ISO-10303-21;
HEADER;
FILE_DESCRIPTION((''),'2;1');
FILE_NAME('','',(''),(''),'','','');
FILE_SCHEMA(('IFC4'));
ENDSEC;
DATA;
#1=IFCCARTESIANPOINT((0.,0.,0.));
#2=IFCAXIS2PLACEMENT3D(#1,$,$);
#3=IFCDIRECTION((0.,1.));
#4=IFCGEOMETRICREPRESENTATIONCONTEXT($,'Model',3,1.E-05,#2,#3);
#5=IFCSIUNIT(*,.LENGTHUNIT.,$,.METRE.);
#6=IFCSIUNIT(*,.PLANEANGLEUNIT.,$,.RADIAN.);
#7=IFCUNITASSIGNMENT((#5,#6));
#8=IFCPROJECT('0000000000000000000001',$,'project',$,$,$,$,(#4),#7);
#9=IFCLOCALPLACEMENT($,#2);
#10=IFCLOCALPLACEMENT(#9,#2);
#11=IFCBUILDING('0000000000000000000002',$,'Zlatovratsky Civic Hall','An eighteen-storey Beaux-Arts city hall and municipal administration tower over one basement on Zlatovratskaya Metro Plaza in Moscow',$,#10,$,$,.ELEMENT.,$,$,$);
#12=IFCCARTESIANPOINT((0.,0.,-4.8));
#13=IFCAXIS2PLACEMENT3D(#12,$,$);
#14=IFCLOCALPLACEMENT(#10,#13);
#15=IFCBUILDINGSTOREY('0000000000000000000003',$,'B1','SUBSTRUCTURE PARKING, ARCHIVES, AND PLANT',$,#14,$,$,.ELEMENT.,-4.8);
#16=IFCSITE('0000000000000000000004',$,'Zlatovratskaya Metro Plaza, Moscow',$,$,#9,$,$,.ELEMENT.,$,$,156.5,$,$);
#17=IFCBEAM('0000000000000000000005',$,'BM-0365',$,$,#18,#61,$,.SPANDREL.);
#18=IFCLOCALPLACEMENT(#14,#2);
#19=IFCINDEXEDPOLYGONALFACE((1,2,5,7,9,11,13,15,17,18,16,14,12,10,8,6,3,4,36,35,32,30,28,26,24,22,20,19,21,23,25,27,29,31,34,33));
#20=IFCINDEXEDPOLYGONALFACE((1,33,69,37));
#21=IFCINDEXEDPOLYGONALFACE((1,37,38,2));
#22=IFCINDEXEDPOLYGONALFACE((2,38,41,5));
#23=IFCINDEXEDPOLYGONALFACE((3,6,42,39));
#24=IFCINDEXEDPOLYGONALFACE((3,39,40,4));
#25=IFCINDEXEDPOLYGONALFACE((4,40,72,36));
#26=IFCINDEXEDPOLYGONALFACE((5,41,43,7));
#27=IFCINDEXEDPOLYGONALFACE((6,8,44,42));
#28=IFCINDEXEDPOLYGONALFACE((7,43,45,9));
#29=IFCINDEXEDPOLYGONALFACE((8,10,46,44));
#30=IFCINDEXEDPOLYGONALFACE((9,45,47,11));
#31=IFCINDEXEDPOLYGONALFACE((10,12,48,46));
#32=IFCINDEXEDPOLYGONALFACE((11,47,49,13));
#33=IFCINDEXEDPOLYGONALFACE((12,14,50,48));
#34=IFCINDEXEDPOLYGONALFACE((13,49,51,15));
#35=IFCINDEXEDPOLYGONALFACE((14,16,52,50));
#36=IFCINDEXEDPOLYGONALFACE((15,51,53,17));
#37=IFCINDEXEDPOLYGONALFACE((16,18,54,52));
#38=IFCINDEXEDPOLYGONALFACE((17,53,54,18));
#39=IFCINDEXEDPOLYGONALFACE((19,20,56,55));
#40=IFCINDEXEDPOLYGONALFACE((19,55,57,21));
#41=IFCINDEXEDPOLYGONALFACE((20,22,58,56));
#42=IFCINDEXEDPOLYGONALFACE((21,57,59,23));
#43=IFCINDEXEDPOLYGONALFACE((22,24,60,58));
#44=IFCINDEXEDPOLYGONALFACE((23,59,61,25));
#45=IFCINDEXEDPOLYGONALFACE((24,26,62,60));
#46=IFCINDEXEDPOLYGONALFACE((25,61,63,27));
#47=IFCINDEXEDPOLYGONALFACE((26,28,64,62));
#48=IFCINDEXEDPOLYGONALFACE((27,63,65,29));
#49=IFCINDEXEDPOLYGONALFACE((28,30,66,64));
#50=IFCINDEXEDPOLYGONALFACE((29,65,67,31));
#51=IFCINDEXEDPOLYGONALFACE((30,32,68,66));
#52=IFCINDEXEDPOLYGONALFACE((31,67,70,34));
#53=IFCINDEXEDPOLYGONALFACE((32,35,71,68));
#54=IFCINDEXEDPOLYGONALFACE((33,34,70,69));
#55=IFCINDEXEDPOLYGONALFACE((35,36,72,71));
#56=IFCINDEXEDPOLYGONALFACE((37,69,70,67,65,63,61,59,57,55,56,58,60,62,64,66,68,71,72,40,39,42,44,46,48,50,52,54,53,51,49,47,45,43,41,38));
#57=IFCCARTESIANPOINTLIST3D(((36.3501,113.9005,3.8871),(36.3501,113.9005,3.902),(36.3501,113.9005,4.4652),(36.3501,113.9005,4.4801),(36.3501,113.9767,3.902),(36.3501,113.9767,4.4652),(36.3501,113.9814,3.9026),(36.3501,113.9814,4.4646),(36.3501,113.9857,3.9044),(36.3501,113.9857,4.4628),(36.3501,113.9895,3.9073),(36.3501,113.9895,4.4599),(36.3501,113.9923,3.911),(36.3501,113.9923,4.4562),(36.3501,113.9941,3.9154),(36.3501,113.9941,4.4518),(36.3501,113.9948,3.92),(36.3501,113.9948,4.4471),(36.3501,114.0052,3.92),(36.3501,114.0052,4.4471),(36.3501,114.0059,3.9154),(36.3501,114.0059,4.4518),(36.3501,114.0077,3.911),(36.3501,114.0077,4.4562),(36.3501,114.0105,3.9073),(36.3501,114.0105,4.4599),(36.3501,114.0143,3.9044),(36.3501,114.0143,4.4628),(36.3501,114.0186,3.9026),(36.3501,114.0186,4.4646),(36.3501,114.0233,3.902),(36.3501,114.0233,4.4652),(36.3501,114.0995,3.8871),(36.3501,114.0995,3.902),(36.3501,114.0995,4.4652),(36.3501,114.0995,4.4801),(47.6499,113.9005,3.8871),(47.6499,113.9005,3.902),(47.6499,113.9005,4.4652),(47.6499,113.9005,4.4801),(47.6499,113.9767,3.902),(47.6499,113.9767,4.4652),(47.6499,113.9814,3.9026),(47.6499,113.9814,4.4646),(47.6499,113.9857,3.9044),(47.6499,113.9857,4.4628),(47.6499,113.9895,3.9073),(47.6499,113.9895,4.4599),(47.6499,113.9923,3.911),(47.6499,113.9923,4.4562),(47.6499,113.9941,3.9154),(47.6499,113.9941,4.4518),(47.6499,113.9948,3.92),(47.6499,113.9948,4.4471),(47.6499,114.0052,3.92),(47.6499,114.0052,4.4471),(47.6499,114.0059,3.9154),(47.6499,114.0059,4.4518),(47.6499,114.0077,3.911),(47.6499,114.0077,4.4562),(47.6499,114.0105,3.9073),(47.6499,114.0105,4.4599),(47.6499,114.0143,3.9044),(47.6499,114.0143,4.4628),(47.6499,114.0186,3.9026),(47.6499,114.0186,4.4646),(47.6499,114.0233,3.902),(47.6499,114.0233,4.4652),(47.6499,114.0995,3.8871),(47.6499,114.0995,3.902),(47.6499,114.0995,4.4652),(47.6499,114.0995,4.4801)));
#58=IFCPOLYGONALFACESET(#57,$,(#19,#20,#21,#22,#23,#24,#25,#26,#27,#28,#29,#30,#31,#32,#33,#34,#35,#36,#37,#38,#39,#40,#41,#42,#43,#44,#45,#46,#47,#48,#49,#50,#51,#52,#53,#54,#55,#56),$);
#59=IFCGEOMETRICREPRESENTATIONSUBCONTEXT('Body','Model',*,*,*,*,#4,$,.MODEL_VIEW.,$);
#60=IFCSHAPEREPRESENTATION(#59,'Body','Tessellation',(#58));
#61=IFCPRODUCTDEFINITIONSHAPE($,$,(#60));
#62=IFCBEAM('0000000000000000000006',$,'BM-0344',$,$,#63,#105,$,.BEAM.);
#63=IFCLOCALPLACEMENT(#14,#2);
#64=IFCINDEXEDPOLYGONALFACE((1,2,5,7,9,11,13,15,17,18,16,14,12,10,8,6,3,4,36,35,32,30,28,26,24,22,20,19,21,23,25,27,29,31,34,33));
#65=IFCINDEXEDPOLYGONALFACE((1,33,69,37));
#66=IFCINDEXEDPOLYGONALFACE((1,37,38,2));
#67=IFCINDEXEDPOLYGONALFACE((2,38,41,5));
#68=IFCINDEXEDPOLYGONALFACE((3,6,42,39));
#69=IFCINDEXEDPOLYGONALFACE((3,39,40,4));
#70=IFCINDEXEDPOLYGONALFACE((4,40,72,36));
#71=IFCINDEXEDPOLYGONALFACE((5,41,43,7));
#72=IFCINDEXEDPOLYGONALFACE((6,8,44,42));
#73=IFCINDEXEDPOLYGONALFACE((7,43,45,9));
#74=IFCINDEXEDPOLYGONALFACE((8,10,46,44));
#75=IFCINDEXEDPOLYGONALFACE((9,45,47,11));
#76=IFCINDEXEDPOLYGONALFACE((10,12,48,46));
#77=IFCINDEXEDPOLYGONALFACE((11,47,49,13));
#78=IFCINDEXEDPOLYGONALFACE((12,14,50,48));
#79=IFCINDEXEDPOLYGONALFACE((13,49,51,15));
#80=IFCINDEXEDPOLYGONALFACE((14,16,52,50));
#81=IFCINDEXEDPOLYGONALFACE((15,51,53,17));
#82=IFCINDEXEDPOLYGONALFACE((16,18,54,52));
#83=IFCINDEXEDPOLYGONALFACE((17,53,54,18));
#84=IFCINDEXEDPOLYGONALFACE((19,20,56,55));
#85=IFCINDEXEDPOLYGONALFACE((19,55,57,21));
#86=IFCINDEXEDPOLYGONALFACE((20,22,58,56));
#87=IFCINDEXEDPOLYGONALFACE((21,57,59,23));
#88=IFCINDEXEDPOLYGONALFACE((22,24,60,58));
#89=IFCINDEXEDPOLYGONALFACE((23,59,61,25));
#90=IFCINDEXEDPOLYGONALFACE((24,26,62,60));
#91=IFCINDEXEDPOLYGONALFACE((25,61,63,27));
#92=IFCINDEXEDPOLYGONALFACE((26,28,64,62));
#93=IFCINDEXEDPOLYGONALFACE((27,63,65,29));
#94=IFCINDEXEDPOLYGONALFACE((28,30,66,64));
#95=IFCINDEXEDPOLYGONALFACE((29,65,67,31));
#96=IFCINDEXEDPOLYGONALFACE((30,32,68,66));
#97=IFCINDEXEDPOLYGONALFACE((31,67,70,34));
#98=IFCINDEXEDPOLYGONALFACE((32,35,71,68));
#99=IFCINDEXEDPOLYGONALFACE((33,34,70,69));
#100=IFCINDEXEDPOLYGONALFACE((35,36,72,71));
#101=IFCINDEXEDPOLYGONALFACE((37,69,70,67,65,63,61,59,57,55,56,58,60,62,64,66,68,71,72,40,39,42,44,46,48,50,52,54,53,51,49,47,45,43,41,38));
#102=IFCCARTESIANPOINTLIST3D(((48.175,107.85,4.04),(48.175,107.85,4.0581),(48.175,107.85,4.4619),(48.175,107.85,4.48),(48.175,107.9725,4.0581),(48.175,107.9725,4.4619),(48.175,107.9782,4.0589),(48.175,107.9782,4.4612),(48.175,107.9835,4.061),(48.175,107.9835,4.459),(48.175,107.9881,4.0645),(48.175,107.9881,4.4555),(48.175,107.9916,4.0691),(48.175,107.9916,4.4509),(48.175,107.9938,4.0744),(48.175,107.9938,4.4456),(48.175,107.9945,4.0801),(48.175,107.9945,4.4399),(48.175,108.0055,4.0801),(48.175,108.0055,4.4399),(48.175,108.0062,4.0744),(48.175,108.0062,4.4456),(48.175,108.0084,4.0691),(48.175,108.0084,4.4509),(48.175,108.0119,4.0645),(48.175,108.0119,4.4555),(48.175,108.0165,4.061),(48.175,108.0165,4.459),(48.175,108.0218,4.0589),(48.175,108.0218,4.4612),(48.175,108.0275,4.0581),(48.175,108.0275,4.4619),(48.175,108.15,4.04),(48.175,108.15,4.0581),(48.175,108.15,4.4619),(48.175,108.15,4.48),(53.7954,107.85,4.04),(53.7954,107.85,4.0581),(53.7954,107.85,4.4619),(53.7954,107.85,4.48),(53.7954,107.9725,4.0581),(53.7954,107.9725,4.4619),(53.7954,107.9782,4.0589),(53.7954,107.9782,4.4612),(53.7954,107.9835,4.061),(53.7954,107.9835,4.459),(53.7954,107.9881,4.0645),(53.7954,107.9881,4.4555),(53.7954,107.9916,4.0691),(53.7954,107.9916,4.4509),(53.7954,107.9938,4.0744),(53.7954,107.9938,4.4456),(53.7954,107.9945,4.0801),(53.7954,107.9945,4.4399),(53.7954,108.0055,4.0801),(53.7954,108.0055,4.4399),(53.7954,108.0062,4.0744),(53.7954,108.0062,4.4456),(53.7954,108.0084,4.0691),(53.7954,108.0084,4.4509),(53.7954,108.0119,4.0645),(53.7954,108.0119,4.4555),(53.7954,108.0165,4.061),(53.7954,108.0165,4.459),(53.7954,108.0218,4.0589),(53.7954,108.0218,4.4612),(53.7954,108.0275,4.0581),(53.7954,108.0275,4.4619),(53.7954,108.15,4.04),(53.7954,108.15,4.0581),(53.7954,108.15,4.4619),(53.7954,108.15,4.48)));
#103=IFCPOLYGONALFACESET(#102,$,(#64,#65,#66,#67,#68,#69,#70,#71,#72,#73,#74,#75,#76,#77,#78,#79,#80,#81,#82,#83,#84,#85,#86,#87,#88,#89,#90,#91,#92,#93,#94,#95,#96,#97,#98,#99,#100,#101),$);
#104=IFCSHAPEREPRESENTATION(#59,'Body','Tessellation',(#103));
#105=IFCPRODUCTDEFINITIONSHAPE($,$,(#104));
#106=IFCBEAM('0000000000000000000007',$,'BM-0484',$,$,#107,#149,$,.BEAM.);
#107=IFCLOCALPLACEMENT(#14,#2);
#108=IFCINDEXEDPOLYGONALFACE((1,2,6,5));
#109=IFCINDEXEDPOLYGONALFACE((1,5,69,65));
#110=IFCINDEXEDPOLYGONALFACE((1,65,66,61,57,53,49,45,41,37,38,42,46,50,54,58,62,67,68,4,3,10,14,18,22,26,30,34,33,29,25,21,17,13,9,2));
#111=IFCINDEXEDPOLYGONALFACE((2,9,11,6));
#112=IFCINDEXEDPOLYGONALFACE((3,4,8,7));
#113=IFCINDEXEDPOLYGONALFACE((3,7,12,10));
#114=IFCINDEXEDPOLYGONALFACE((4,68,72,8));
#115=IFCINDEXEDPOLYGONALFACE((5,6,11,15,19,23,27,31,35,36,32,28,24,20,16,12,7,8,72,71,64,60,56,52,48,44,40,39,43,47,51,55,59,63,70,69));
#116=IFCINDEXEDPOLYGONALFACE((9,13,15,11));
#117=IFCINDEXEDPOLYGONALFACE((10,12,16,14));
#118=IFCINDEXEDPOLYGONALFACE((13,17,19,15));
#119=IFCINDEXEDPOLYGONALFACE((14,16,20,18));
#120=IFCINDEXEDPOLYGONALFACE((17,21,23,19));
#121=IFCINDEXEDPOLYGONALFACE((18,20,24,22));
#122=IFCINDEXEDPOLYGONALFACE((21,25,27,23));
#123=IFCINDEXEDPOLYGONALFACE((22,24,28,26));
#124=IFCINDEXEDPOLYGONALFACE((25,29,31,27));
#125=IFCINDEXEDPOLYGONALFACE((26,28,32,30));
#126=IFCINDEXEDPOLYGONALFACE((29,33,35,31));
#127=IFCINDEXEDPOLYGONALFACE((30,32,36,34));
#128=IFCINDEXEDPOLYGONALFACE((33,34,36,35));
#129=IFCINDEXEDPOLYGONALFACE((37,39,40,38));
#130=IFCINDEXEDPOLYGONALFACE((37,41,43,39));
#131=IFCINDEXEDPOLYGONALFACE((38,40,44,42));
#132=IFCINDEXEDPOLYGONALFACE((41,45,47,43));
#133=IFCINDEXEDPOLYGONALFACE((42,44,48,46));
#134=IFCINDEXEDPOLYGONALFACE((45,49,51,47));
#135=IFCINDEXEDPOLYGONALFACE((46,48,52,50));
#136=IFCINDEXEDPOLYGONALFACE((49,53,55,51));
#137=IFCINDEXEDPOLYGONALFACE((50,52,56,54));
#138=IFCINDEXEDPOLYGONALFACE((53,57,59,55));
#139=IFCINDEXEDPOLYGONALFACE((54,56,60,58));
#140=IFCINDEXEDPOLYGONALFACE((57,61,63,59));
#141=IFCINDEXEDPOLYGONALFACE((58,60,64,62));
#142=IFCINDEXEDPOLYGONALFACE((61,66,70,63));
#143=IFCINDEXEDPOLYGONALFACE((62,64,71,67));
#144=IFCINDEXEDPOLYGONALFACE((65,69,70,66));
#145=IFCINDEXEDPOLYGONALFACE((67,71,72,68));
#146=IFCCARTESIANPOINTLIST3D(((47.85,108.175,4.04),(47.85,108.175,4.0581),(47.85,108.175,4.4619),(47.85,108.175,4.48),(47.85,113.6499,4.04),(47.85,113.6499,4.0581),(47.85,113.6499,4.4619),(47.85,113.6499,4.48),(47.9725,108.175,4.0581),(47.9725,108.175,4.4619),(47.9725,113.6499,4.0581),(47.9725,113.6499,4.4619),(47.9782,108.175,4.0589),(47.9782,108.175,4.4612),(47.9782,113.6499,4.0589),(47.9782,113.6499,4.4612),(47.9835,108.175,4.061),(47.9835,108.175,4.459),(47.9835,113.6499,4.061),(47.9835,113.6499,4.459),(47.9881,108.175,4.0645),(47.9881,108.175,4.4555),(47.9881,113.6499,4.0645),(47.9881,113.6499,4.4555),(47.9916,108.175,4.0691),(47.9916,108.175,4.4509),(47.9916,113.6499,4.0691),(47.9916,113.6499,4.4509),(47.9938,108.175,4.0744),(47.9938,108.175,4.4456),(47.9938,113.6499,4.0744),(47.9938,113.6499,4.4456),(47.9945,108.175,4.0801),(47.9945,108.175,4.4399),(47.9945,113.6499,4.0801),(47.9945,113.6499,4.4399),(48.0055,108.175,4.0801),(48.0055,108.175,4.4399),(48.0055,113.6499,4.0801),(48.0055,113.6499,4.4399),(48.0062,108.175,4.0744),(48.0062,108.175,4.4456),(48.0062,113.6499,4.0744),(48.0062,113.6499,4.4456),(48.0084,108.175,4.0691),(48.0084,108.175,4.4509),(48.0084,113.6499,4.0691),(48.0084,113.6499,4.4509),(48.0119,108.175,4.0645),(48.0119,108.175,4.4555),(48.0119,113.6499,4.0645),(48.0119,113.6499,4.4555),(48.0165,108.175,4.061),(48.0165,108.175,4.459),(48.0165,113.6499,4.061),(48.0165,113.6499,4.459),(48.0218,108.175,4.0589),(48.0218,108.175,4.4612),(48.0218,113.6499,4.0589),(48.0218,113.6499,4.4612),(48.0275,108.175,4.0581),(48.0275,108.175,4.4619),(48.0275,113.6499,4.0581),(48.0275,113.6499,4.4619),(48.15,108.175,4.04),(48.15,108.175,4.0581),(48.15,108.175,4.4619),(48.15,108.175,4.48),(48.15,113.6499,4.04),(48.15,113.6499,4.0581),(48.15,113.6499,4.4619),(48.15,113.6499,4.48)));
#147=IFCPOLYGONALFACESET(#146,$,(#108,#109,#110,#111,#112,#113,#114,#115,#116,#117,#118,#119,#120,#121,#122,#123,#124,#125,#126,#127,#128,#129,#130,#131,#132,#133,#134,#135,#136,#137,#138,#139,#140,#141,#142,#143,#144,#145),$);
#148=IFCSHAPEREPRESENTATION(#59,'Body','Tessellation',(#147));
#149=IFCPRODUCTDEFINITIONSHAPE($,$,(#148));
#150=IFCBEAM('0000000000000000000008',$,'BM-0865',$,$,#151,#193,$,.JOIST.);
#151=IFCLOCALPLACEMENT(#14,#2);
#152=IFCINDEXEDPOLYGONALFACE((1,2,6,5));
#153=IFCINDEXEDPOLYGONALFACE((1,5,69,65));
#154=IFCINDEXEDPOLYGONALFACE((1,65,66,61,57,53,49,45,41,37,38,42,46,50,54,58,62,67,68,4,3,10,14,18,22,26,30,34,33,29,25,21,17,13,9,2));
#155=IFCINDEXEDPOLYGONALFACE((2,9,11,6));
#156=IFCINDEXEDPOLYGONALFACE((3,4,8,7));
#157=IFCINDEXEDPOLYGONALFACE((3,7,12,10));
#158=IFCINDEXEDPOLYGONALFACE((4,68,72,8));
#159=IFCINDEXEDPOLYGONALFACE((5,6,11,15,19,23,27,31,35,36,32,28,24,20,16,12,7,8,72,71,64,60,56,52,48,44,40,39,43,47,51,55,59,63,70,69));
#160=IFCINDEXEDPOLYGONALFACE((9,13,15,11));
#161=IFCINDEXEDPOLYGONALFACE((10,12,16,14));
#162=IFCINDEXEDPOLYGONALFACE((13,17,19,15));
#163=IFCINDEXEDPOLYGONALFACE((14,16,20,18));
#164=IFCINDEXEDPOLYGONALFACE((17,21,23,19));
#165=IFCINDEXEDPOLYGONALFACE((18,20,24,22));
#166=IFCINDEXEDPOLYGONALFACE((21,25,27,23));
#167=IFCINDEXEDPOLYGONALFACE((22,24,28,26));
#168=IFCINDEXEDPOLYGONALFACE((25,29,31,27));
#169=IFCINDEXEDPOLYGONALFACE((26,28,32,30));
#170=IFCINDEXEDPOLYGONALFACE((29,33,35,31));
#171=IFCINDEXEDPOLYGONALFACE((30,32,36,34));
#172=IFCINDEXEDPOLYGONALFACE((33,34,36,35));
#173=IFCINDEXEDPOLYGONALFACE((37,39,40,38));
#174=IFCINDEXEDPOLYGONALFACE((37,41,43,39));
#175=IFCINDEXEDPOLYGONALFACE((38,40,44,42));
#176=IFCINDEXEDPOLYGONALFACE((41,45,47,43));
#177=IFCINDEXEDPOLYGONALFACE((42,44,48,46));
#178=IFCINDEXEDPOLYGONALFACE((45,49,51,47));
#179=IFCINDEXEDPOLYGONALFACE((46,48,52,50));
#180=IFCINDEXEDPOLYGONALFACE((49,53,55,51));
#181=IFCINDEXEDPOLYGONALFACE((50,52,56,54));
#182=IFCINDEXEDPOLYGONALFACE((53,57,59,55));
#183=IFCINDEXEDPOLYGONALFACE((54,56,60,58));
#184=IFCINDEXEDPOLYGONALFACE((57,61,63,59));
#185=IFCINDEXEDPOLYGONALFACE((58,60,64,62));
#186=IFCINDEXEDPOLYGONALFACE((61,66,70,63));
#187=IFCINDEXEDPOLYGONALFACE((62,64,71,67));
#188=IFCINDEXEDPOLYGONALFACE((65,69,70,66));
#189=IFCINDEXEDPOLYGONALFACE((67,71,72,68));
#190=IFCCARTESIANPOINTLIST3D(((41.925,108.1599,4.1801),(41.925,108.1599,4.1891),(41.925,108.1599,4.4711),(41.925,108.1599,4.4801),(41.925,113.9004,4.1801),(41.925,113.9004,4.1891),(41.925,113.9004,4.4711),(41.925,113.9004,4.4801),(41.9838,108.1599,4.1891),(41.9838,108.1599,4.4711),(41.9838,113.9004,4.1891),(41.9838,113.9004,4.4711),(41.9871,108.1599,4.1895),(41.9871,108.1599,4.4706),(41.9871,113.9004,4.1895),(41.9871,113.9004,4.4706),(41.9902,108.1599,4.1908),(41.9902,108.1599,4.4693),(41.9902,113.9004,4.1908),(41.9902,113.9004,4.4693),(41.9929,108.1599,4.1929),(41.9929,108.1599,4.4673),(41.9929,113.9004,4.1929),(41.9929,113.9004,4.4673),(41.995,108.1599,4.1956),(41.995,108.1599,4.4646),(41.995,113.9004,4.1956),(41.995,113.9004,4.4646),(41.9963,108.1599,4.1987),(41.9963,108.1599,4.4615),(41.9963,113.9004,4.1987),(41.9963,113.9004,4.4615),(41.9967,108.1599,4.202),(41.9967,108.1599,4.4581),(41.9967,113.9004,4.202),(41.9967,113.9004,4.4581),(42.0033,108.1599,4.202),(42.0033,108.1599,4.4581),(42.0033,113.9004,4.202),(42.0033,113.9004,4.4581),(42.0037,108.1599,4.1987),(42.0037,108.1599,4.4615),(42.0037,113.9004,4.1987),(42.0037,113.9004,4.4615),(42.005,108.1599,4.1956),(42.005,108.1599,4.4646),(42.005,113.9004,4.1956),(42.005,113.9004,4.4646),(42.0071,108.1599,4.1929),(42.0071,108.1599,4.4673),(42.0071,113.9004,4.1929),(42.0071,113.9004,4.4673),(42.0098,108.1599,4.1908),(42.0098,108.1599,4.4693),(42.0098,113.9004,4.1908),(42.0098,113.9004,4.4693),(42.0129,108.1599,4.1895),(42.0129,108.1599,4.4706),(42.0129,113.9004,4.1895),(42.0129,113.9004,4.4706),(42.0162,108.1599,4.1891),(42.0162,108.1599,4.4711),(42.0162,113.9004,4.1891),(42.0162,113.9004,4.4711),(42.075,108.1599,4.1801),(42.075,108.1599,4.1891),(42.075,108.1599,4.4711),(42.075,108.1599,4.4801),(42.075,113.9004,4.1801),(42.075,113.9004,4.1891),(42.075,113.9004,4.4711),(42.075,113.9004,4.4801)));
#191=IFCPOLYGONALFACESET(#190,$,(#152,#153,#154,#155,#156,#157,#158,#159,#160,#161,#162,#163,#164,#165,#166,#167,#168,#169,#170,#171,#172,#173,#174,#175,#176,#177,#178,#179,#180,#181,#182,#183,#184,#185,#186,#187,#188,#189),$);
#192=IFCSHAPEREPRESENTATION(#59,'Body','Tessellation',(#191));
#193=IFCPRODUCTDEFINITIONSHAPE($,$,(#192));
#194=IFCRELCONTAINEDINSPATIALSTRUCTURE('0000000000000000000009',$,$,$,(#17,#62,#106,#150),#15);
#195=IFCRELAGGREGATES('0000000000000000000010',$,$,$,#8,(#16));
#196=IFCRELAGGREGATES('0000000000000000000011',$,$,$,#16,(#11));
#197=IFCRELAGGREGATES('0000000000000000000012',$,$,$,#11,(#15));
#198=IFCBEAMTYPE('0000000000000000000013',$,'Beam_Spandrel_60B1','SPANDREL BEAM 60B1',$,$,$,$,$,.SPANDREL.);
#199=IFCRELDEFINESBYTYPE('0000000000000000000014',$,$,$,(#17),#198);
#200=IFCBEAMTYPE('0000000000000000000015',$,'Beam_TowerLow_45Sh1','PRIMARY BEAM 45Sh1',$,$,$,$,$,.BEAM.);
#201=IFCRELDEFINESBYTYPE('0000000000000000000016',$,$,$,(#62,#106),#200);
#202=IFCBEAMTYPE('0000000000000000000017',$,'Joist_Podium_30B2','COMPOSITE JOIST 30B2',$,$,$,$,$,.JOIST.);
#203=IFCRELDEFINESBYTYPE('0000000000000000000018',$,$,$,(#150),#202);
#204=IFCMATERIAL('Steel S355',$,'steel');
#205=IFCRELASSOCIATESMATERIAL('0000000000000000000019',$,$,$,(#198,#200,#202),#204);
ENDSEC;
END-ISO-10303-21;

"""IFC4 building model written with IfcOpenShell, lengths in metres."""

from ifc_helpers import new_model, si_unit, direction, frame, origin, origin_2d, place, context, subcontext, project, spatial, i_section, extrude, material, material_profile, profile_set, type_object, element, save


model = new_model("IFC4")

# Units and contexts
model_context = context("Model", 3, precision=1e-05, world=origin(), true_north=direction((0.0, 1.0)))
body_context = subcontext(model_context, "Body", "Model", "MODEL_VIEW")
ifc_project = project(units=[si_unit("LENGTHUNIT", "METRE"), si_unit("PLANEANGLEUNIT", "RADIAN")], contexts=[model_context])

# Site, building, storey
site_placement = place(None, origin())
site = spatial("IfcSite", under=ifc_project, at=site_placement, Name="Zlatovratskaya Metro Plaza, Moscow", CompositionType="ELEMENT", RefElevation=156.5)
building_placement = place(site_placement, origin())
building = spatial("IfcBuilding", under=site, at=building_placement, Name="Zlatovratsky Civic Hall", Description="An eighteen-storey Beaux-Arts city hall and municipal administration tower over one basement on Zlatovratskaya Metro Plaza in Moscow", CompositionType="ELEMENT")
storey_placement = place(building_placement, frame((0.0, 0.0, -4.8)))
storey = spatial("IfcBuildingStorey", under=building, at=storey_placement, Name="B1", Description="SUBSTRUCTURE PARKING, ARCHIVES, AND PLANT", CompositionType="ELEMENT", Elevation=-4.8)

# Shared definitions
ifc_material_1 = material(Name="Steel S355", Category="steel")

# Beams
ifc_material_profile_1 = material_profile(ifc_material_1, i_section(OverallWidth=0.199, OverallDepth=0.593, WebThickness=0.0105, FlangeThickness=0.0149, FilletRadius=0.0181, at=origin_2d()), Name="60B1")
ifc_profile_set_1 = profile_set([ifc_material_profile_1], Name="Steel S355")
beam_type_1 = type_object("IfcBeamType", Name="Beam_Spandrel_60B1", Description="SPANDREL BEAM 60B1", PredefinedType="SPANDREL", material=ifc_profile_set_1)
beam_1_placement = place(storey_placement, frame((36.3501, 114.0, 4.1836), z_axis=(1.0, 0.0, 0.0), x_axis=(0.0, 1.0, 0.0)))
element("IfcBeam", 1, at=beam_1_placement, inside=storey, type_object=beam_type_1, Name="BM-0365", PredefinedType="SPANDREL", context=body_context, shape_type="SweptSolid", body=[
    extrude(i_section(OverallWidth=0.199, OverallDepth=0.593, WebThickness=0.0105, FlangeThickness=0.0149, FilletRadius=0.0181, at=origin_2d()), origin(), (0.0, 0.0, 1.0), 11.2998),
])
ifc_material_profile_2 = material_profile(ifc_material_1, i_section(OverallWidth=0.3, OverallDepth=0.4399, WebThickness=0.011, FlangeThickness=0.0181, FilletRadius=0.022, at=origin_2d()), Name="45Sh1")
ifc_profile_set_2 = profile_set([ifc_material_profile_2], Name="Steel S355")
beam_type_2 = type_object("IfcBeamType", Name="Beam_TowerLow_45Sh1", Description="PRIMARY BEAM 45Sh1", PredefinedType="BEAM", material=ifc_profile_set_2)
beam_2_placement = place(storey_placement, frame((48.175, 108.0, 4.26), z_axis=(1.0, 0.0, 0.0), x_axis=(0.0, 1.0, 0.0)))
element("IfcBeam", 2, at=beam_2_placement, inside=storey, type_object=beam_type_2, Name="BM-0344", PredefinedType="BEAM", context=body_context, shape_type="SweptSolid", body=[
    extrude(i_section(OverallWidth=0.3, OverallDepth=0.4399, WebThickness=0.011, FlangeThickness=0.0181, FilletRadius=0.022, at=origin_2d()), origin(), (0.0, 0.0, 1.0), 5.6204),
])
beam_3_placement = place(storey_placement, frame((48.0, 108.175, 4.26), z_axis=(0.0, 1.0, 0.0), x_axis=(-1.0, 0.0, 0.0)))
element("IfcBeam", 3, at=beam_3_placement, inside=storey, type_object=beam_type_2, Name="BM-0484", PredefinedType="BEAM", context=body_context, shape_type="SweptSolid", body=[
    extrude(i_section(OverallWidth=0.3, OverallDepth=0.4399, WebThickness=0.011, FlangeThickness=0.0181, FilletRadius=0.022, at=origin_2d()), origin(), (0.0, 0.0, 1.0), 5.4749),
])
ifc_material_profile_3 = material_profile(ifc_material_1, i_section(OverallWidth=0.1499, OverallDepth=0.3, WebThickness=0.0066, FlangeThickness=0.009, FilletRadius=0.0129, at=origin_2d()), Name="30B2")
ifc_profile_set_3 = profile_set([ifc_material_profile_3], Name="Steel S355")
beam_type_3 = type_object("IfcBeamType", Name="Joist_Podium_30B2", Description="COMPOSITE JOIST 30B2", PredefinedType="JOIST", material=ifc_profile_set_3)
beam_4_placement = place(storey_placement, frame((42.0, 108.1599, 4.3301), z_axis=(0.0, 1.0, 0.0), x_axis=(-1.0, 0.0, 0.0)))
element("IfcBeam", 4, at=beam_4_placement, inside=storey, type_object=beam_type_3, Name="BM-0865", PredefinedType="JOIST", context=body_context, shape_type="SweptSolid", body=[
    extrude(i_section(OverallWidth=0.1499, OverallDepth=0.3, WebThickness=0.0066, FlangeThickness=0.009, FilletRadius=0.0129, at=origin_2d()), origin(), (0.0, 0.0, 1.0), 5.7405),
])

save(model, "model.ifc")
